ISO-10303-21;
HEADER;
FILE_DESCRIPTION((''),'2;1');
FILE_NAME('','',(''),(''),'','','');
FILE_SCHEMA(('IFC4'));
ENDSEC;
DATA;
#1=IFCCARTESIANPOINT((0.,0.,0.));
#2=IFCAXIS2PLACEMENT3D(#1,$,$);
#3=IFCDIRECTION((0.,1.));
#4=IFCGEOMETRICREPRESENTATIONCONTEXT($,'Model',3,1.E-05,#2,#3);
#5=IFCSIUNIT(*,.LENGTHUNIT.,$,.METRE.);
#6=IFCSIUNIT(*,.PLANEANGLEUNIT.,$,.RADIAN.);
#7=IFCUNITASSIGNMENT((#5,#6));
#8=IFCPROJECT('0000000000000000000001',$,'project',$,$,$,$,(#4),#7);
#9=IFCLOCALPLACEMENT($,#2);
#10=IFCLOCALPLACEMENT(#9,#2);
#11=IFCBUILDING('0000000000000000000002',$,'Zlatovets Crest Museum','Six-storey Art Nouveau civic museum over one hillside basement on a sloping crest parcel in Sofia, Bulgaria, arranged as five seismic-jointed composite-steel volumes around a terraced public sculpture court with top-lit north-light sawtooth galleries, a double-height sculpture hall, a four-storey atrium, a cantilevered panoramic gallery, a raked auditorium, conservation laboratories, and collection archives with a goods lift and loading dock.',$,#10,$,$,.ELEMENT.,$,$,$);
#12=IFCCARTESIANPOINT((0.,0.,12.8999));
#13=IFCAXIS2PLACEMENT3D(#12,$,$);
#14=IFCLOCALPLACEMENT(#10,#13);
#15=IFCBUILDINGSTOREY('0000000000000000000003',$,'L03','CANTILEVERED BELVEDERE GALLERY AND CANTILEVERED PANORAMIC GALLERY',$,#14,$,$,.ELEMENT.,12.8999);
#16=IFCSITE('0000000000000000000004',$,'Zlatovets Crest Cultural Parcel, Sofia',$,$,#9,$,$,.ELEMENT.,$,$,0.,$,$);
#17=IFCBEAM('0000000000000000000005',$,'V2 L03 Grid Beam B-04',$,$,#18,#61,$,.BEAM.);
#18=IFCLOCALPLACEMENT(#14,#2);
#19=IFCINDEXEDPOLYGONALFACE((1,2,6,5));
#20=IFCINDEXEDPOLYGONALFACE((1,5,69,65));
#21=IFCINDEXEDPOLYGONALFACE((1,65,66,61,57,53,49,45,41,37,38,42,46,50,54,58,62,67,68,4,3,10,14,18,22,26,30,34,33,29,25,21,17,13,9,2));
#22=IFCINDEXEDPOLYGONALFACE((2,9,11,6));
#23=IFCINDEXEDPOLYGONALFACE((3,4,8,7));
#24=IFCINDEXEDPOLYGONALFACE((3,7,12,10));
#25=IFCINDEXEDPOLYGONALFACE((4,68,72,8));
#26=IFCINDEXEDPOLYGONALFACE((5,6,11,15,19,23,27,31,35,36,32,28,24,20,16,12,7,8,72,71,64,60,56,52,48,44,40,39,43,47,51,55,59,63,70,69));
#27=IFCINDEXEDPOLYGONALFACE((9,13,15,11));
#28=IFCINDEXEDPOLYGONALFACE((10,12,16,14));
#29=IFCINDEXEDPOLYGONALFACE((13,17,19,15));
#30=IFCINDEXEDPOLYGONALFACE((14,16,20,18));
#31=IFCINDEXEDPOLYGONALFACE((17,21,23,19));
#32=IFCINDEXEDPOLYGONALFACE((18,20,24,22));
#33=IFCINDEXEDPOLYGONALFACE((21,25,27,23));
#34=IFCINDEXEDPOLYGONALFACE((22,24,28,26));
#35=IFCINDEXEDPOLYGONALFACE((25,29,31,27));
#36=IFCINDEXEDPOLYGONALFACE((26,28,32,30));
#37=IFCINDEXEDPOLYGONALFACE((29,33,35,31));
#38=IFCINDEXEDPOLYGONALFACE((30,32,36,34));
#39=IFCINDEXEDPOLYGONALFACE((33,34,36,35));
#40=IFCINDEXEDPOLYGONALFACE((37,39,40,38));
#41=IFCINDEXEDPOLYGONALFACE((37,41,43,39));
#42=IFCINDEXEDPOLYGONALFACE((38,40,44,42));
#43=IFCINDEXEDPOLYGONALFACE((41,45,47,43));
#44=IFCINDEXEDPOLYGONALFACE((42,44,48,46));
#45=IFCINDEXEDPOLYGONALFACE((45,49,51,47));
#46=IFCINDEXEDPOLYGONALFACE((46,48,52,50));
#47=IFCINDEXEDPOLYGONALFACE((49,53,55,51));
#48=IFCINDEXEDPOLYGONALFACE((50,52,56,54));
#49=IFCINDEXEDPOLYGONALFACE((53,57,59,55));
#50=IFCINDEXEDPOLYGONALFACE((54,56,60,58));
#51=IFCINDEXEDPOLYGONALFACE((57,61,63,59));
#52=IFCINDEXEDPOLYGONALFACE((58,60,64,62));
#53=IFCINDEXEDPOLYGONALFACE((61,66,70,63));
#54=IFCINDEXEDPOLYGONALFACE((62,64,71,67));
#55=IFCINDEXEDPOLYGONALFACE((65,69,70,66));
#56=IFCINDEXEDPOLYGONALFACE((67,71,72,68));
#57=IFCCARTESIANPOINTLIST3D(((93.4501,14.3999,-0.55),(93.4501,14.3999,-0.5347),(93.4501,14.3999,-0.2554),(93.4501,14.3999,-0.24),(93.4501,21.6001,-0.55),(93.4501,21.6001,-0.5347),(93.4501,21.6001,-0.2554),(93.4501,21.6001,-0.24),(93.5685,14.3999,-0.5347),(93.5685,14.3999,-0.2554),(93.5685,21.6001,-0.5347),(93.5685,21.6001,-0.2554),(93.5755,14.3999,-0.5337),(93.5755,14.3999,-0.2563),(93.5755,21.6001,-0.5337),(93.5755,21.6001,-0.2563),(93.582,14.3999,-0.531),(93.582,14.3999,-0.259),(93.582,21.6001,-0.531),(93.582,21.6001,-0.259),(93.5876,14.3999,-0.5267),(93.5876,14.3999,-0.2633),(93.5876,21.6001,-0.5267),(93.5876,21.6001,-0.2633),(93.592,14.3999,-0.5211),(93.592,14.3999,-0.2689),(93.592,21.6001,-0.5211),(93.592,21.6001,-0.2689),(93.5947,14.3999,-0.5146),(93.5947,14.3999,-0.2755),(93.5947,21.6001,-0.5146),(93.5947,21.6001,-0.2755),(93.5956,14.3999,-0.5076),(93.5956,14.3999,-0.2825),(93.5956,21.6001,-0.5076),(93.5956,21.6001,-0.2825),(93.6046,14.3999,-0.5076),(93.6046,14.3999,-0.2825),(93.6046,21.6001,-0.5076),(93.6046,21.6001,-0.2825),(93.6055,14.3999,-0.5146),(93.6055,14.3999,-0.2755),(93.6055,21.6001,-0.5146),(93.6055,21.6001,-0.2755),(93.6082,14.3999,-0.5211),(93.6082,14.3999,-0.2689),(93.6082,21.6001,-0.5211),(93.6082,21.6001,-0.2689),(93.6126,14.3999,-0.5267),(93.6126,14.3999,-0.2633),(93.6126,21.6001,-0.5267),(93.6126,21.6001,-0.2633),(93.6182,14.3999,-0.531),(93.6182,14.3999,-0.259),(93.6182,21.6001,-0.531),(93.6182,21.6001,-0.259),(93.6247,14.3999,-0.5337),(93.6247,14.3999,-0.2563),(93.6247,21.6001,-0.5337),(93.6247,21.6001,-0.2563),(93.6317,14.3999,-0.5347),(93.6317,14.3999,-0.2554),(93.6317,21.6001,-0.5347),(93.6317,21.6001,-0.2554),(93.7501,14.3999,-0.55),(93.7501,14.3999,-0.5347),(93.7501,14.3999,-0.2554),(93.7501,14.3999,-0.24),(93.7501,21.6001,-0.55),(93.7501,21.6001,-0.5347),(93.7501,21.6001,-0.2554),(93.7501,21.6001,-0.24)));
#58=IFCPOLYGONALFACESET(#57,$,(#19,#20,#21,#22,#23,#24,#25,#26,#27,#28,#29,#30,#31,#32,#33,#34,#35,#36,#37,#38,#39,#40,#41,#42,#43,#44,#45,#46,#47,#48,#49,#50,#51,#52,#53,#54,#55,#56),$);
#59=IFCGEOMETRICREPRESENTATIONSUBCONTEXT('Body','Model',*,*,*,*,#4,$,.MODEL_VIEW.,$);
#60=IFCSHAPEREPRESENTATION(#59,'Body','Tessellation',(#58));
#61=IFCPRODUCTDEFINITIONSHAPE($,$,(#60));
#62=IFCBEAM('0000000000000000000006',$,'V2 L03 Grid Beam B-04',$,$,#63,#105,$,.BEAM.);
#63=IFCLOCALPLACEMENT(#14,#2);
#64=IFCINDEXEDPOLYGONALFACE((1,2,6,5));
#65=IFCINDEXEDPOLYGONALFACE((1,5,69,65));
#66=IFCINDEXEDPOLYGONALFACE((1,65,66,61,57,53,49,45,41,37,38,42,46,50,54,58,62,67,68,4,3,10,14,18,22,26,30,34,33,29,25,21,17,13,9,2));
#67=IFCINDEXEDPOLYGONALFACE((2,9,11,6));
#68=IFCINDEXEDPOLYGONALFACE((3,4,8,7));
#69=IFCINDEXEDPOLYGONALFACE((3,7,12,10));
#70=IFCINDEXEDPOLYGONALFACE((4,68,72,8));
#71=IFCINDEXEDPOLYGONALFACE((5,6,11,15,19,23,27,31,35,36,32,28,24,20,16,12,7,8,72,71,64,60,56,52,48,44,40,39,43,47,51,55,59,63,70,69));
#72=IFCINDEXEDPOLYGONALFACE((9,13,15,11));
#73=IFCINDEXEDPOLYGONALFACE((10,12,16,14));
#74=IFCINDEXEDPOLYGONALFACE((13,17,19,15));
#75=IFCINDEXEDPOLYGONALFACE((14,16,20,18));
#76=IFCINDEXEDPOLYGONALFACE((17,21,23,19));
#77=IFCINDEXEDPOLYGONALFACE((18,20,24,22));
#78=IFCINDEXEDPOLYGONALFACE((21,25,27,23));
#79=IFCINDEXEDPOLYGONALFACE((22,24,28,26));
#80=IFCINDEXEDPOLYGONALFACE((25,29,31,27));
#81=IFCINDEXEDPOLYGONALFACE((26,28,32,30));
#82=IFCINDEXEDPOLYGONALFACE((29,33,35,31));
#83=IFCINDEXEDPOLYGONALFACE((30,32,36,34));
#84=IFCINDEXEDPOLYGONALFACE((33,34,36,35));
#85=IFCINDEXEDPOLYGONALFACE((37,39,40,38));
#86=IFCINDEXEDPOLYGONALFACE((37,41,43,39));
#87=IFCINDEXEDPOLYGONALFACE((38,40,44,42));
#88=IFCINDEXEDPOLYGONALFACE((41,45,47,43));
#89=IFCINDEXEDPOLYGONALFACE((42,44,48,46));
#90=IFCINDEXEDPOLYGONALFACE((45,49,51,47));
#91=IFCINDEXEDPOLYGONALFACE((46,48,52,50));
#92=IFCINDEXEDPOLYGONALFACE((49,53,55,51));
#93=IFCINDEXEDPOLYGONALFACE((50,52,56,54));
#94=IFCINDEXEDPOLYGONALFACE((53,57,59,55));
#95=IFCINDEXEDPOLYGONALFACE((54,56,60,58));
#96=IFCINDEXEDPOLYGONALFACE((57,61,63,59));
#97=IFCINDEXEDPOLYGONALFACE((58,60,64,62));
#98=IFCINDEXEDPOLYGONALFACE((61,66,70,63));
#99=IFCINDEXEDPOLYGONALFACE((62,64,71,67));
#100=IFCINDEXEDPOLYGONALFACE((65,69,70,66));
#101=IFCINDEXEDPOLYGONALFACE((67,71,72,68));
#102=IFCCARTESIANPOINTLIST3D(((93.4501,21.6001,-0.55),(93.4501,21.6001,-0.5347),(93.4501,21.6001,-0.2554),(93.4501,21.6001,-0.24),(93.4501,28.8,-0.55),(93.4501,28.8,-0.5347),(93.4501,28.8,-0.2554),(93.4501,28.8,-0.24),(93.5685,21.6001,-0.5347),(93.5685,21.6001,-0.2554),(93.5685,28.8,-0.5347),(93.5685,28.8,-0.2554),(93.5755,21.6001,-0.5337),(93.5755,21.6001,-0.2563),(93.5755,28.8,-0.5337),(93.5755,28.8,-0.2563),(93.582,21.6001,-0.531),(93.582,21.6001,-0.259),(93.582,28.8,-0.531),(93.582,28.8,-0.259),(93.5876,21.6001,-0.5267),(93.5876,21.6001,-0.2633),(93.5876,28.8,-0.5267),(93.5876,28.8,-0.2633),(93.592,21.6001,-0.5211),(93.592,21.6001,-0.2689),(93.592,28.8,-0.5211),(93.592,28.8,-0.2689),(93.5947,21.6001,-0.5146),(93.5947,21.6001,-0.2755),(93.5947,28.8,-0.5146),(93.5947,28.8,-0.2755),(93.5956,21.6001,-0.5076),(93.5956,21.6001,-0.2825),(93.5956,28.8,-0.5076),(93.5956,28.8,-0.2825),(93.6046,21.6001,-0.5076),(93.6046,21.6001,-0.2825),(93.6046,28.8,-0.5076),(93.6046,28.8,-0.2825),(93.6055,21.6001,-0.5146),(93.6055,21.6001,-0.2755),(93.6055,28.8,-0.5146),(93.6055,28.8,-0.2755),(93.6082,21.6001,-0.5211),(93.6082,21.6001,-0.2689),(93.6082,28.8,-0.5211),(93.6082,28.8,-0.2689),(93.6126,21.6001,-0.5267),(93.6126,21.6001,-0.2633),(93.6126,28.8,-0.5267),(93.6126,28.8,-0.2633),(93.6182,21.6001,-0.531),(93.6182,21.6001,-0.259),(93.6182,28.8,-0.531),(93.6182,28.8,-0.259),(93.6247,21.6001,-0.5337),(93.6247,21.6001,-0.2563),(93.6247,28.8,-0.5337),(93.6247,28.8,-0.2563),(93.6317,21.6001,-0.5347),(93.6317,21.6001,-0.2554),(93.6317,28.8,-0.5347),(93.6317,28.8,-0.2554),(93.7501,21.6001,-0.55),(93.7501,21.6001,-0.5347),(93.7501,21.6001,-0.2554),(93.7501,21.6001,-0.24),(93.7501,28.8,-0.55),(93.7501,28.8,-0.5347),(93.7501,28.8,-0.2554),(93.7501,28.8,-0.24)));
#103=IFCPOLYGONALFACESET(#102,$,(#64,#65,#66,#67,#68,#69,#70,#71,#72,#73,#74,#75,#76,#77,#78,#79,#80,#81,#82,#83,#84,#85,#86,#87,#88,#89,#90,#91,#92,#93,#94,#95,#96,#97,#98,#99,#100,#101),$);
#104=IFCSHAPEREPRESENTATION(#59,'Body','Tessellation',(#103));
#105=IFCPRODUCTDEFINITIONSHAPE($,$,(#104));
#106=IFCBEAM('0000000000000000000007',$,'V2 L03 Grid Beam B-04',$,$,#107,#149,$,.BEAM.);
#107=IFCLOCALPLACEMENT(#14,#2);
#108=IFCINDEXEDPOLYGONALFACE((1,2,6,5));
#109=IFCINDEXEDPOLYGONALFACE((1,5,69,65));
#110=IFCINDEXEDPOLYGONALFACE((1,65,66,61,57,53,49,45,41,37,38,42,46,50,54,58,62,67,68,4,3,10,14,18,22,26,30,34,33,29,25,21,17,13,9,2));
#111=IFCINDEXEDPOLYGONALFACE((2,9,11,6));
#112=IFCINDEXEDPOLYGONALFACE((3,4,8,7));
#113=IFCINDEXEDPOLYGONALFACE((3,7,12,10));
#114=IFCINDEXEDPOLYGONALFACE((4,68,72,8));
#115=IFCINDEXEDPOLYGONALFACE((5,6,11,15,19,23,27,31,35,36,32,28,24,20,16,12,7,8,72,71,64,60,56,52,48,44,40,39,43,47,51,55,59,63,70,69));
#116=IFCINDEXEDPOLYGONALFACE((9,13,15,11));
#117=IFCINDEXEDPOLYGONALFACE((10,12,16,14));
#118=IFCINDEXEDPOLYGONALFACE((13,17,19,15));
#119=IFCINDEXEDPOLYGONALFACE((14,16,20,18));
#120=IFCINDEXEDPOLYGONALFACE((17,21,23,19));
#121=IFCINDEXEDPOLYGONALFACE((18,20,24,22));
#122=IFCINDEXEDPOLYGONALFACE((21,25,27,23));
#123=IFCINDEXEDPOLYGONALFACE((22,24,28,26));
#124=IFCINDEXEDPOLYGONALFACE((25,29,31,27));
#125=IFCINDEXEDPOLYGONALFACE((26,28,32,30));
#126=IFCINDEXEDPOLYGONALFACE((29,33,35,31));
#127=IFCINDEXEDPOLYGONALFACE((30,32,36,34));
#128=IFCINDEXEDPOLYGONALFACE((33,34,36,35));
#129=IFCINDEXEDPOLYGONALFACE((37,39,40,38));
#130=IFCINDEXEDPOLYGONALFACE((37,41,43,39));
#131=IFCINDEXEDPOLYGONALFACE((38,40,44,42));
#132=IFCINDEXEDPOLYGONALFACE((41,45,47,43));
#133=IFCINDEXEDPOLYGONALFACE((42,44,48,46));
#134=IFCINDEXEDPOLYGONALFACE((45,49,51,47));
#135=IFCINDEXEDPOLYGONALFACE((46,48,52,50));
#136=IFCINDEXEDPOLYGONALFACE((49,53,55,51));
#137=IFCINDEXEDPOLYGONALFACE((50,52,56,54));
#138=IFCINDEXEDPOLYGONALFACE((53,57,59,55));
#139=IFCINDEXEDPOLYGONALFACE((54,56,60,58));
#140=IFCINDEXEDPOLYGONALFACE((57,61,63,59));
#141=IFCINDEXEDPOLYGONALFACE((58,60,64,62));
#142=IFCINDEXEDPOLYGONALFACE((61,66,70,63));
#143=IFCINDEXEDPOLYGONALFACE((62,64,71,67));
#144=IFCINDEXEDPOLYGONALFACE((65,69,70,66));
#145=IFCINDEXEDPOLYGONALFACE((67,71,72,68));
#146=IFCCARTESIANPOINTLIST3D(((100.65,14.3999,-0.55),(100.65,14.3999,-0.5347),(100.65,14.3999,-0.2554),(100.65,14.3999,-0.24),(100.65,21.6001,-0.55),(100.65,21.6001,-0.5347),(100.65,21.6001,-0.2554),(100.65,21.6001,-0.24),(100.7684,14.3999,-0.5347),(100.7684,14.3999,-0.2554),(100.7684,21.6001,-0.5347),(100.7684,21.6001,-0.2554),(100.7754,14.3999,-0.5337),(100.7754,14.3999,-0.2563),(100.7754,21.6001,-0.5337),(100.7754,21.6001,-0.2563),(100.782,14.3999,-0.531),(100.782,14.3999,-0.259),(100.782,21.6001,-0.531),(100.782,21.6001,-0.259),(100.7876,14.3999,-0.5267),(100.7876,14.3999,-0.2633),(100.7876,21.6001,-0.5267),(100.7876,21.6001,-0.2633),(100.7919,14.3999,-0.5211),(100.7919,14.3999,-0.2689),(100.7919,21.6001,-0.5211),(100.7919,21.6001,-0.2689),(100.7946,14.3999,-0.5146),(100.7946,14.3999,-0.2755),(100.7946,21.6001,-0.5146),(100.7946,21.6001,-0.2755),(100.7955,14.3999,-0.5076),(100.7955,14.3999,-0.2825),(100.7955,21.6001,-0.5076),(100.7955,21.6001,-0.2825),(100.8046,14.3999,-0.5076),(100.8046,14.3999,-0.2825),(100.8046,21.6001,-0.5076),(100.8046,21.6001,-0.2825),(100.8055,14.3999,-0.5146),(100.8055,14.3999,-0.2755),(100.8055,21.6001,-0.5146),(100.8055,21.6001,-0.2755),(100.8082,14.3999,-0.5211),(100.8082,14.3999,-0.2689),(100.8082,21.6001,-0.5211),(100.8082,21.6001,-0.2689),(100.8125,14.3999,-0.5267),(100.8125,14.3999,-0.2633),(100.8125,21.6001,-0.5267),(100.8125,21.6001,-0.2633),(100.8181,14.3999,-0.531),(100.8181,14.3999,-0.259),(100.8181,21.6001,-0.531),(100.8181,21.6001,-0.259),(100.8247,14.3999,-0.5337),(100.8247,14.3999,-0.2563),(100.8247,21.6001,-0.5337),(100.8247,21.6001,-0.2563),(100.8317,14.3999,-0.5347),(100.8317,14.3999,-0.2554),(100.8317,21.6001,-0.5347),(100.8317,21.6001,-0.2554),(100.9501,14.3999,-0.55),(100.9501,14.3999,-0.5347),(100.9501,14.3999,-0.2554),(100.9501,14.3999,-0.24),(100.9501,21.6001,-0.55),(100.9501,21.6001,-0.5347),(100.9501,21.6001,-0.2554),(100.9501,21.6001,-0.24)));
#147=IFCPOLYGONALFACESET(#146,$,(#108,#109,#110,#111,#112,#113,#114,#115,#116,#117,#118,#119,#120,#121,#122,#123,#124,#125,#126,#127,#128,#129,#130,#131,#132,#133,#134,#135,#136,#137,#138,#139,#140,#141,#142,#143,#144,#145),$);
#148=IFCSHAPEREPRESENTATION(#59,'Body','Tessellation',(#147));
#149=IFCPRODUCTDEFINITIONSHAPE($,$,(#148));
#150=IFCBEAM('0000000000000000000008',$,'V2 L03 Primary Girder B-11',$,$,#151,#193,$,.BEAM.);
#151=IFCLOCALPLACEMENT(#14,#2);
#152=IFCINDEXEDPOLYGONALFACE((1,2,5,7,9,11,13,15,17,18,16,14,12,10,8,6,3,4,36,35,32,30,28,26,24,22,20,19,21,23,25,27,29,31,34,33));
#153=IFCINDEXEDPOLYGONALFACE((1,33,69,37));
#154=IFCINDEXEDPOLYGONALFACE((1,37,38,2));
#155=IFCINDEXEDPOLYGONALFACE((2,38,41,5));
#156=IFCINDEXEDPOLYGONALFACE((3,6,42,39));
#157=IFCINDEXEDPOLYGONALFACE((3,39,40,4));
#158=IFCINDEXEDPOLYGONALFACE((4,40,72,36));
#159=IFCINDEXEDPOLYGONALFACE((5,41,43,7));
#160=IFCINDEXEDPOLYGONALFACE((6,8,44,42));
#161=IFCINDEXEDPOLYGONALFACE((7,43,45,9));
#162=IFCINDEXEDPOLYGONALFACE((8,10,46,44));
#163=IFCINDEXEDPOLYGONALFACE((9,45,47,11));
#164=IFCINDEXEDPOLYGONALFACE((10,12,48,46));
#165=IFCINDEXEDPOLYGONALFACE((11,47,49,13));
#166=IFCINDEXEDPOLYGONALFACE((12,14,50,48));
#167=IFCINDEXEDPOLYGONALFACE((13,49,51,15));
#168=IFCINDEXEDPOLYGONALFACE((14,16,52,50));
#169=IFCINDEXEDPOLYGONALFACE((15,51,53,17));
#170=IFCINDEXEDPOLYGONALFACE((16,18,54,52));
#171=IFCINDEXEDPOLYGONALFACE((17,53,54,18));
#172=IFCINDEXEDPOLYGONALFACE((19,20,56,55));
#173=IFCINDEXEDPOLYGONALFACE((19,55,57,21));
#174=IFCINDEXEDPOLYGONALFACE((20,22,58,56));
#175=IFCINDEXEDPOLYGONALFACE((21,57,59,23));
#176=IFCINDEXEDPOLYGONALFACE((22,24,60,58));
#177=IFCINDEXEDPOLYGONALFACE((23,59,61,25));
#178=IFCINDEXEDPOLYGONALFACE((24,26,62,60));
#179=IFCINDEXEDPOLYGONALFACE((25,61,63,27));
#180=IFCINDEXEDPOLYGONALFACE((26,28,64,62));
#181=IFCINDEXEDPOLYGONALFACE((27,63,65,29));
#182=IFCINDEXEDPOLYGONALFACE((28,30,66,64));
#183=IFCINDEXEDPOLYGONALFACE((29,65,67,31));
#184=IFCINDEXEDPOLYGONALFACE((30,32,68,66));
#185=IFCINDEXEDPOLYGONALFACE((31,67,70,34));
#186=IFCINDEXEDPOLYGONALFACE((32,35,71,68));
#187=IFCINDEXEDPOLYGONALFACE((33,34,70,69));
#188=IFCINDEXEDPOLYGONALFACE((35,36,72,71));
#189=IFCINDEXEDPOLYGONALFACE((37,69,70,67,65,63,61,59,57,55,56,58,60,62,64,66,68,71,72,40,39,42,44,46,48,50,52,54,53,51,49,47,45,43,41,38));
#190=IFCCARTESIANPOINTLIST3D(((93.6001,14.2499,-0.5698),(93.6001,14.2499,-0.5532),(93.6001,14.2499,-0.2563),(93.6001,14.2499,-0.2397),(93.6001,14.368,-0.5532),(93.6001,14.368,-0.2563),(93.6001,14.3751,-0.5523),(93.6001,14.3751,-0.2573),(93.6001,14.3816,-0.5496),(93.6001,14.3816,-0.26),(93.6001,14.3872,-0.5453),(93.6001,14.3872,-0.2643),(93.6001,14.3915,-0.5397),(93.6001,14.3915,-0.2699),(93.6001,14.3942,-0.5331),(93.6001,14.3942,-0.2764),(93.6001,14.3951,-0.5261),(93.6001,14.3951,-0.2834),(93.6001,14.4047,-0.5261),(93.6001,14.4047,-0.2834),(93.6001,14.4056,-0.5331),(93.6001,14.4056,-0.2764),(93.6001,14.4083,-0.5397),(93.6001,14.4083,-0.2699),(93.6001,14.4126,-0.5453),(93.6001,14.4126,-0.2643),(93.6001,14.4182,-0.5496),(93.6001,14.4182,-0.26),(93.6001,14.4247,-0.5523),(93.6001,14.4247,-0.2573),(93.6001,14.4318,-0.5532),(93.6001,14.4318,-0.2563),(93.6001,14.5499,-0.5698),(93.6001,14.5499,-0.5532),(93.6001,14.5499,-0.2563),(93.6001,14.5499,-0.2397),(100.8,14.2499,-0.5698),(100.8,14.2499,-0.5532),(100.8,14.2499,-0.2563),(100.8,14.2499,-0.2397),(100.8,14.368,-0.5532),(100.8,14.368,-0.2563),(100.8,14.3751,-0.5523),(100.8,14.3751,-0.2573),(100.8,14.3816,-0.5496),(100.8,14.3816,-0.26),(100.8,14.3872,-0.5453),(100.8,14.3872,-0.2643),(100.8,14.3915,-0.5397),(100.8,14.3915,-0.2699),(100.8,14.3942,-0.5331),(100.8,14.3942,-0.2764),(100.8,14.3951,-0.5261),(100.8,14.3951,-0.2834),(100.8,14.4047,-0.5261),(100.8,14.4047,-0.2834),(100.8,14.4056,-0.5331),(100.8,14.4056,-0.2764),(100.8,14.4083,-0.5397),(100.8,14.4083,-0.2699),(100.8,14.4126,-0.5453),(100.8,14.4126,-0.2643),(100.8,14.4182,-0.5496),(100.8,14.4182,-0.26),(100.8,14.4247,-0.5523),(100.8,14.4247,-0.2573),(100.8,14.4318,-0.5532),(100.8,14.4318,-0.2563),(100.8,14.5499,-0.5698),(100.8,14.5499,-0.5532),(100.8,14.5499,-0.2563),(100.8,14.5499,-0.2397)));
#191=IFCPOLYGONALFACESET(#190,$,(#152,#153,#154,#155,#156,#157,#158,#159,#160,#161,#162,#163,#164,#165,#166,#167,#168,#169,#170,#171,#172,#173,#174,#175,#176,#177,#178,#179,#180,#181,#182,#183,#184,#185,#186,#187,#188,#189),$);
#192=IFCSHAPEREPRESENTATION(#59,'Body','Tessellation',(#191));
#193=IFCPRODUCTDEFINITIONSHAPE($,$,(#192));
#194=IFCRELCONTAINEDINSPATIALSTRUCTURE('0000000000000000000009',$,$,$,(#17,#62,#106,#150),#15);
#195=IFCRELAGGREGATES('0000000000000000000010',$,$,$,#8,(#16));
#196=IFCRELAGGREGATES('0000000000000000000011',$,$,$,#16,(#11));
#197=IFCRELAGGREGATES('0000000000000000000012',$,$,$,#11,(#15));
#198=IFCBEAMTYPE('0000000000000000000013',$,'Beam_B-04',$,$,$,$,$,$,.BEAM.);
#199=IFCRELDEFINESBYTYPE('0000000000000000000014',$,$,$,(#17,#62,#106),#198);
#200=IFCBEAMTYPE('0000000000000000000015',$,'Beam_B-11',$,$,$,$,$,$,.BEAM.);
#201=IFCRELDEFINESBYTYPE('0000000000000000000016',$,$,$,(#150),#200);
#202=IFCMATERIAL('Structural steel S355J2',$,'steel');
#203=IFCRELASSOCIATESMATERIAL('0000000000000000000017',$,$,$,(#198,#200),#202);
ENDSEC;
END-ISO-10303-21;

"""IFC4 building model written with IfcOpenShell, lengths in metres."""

from ifc_helpers import new_model, si_unit, direction, frame, origin, origin_2d, place, context, subcontext, project, spatial, i_section, extrude, material, material_profile, profile_set, type_object, element, save


model = new_model("IFC4")

# Units and contexts
model_context = context("Model", 3, precision=1e-05, world=origin(), true_north=direction((0.0, 1.0)))
body_context = subcontext(model_context, "Body", "Model", "MODEL_VIEW")
ifc_project = project(units=[si_unit("LENGTHUNIT", "METRE"), si_unit("PLANEANGLEUNIT", "RADIAN")], contexts=[model_context])

# Site, building, storey
site_placement = place(None, origin())
site = spatial("IfcSite", under=ifc_project, at=site_placement, Name="Zlatovets Crest Cultural Parcel, Sofia", CompositionType="ELEMENT", RefElevation=0.0)
building_placement = place(site_placement, origin())
building = spatial("IfcBuilding", under=site, at=building_placement, Name="Zlatovets Crest Museum", Description="Six-storey Art Nouveau civic museum over one hillside basement on a sloping crest parcel in Sofia, Bulgaria, arranged as five seismic-jointed composite-steel volumes around a terraced public sculpture court with top-lit north-light sawtooth galleries, a double-height sculpture hall, a four-storey atrium, a cantilevered panoramic gallery, a raked auditorium, conservation laboratories, and collection archives with a goods lift and loading dock.", CompositionType="ELEMENT")
storey_placement = place(building_placement, frame((0.0, 0.0, 12.8999)))
storey = spatial("IfcBuildingStorey", under=building, at=storey_placement, Name="L03", Description="CANTILEVERED BELVEDERE GALLERY AND CANTILEVERED PANORAMIC GALLERY", CompositionType="ELEMENT", Elevation=12.8999)

# Shared definitions
ifc_material_1 = material(Name="Structural steel S355J2", Category="steel")

# Beams
ifc_material_profile_1 = material_profile(ifc_material_1, i_section(OverallWidth=0.3, OverallDepth=0.3101, WebThickness=0.009, FlangeThickness=0.0154, FilletRadius=0.0271, at=origin_2d()), Name="HEA 320")
ifc_profile_set_1 = profile_set([ifc_material_profile_1], Name="Structural steel S355J2")
beam_type_1 = type_object("IfcBeamType", Name="Beam_B-04", PredefinedType="BEAM", material=ifc_profile_set_1)
beam_1_placement = place(storey_placement, frame((93.6001, 14.3999, -0.395), z_axis=(0.0, 1.0, 0.0), x_axis=(-1.0, 0.0, 0.0)))
element("IfcBeam", 1, at=beam_1_placement, inside=storey, type_object=beam_type_1, Name="V2 L03 Grid Beam B-04", PredefinedType="BEAM", context=body_context, shape_type="SweptSolid", body=[
    extrude(i_section(OverallWidth=0.3, OverallDepth=0.3101, WebThickness=0.009, FlangeThickness=0.0154, FilletRadius=0.0271, at=origin_2d()), origin(), (0.0, 0.0, 1.0), 7.2002),
])
beam_2_placement = place(storey_placement, frame((93.6001, 21.6001, -0.395), z_axis=(0.0, 1.0, 0.0), x_axis=(-1.0, 0.0, 0.0)))
element("IfcBeam", 2, at=beam_2_placement, inside=storey, type_object=beam_type_1, Name="V2 L03 Grid Beam B-04", PredefinedType="BEAM", context=body_context, shape_type="SweptSolid", body=[
    extrude(i_section(OverallWidth=0.3, OverallDepth=0.3101, WebThickness=0.009, FlangeThickness=0.0154, FilletRadius=0.0271, at=origin_2d()), origin(), (0.0, 0.0, 1.0), 7.2),
])
beam_3_placement = place(storey_placement, frame((100.8, 14.3999, -0.395), z_axis=(0.0, 1.0, 0.0), x_axis=(-1.0, 0.0, 0.0)))
element("IfcBeam", 3, at=beam_3_placement, inside=storey, type_object=beam_type_1, Name="V2 L03 Grid Beam B-04", PredefinedType="BEAM", context=body_context, shape_type="SweptSolid", body=[
    extrude(i_section(OverallWidth=0.3, OverallDepth=0.3101, WebThickness=0.009, FlangeThickness=0.0154, FilletRadius=0.0271, at=origin_2d()), origin(), (0.0, 0.0, 1.0), 7.2002),
])
ifc_material_profile_2 = material_profile(ifc_material_1, i_section(OverallWidth=0.3, OverallDepth=0.3301, WebThickness=0.0095, FlangeThickness=0.0166, FilletRadius=0.0271, at=origin_2d()), Name="HEA 340")
ifc_profile_set_2 = profile_set([ifc_material_profile_2], Name="Structural steel S355J2")
beam_type_2 = type_object("IfcBeamType", Name="Beam_B-11", PredefinedType="BEAM", material=ifc_profile_set_2)
for number, where, z_axis, x_axis, name in (
    (4, (93.6001, 14.3999, -0.4048), (1.0, 0.0, 0.0), (0.0, 1.0, 0.0), "V2 L03 Primary Girder B-11"),
):
    element("IfcBeam", number, at=place(storey_placement, frame(where, z_axis=z_axis, x_axis=x_axis)), inside=storey, type_object=beam_type_2, Name=name, PredefinedType="BEAM", context=body_context, shape_type="SweptSolid", body=[
        extrude(i_section(OverallWidth=0.3, OverallDepth=0.3301, WebThickness=0.0095, FlangeThickness=0.0166, FilletRadius=0.0271, at=origin_2d()), origin(), (0.0, 0.0, 1.0), 7.2),
    ])

save(model, "model.ifc")
